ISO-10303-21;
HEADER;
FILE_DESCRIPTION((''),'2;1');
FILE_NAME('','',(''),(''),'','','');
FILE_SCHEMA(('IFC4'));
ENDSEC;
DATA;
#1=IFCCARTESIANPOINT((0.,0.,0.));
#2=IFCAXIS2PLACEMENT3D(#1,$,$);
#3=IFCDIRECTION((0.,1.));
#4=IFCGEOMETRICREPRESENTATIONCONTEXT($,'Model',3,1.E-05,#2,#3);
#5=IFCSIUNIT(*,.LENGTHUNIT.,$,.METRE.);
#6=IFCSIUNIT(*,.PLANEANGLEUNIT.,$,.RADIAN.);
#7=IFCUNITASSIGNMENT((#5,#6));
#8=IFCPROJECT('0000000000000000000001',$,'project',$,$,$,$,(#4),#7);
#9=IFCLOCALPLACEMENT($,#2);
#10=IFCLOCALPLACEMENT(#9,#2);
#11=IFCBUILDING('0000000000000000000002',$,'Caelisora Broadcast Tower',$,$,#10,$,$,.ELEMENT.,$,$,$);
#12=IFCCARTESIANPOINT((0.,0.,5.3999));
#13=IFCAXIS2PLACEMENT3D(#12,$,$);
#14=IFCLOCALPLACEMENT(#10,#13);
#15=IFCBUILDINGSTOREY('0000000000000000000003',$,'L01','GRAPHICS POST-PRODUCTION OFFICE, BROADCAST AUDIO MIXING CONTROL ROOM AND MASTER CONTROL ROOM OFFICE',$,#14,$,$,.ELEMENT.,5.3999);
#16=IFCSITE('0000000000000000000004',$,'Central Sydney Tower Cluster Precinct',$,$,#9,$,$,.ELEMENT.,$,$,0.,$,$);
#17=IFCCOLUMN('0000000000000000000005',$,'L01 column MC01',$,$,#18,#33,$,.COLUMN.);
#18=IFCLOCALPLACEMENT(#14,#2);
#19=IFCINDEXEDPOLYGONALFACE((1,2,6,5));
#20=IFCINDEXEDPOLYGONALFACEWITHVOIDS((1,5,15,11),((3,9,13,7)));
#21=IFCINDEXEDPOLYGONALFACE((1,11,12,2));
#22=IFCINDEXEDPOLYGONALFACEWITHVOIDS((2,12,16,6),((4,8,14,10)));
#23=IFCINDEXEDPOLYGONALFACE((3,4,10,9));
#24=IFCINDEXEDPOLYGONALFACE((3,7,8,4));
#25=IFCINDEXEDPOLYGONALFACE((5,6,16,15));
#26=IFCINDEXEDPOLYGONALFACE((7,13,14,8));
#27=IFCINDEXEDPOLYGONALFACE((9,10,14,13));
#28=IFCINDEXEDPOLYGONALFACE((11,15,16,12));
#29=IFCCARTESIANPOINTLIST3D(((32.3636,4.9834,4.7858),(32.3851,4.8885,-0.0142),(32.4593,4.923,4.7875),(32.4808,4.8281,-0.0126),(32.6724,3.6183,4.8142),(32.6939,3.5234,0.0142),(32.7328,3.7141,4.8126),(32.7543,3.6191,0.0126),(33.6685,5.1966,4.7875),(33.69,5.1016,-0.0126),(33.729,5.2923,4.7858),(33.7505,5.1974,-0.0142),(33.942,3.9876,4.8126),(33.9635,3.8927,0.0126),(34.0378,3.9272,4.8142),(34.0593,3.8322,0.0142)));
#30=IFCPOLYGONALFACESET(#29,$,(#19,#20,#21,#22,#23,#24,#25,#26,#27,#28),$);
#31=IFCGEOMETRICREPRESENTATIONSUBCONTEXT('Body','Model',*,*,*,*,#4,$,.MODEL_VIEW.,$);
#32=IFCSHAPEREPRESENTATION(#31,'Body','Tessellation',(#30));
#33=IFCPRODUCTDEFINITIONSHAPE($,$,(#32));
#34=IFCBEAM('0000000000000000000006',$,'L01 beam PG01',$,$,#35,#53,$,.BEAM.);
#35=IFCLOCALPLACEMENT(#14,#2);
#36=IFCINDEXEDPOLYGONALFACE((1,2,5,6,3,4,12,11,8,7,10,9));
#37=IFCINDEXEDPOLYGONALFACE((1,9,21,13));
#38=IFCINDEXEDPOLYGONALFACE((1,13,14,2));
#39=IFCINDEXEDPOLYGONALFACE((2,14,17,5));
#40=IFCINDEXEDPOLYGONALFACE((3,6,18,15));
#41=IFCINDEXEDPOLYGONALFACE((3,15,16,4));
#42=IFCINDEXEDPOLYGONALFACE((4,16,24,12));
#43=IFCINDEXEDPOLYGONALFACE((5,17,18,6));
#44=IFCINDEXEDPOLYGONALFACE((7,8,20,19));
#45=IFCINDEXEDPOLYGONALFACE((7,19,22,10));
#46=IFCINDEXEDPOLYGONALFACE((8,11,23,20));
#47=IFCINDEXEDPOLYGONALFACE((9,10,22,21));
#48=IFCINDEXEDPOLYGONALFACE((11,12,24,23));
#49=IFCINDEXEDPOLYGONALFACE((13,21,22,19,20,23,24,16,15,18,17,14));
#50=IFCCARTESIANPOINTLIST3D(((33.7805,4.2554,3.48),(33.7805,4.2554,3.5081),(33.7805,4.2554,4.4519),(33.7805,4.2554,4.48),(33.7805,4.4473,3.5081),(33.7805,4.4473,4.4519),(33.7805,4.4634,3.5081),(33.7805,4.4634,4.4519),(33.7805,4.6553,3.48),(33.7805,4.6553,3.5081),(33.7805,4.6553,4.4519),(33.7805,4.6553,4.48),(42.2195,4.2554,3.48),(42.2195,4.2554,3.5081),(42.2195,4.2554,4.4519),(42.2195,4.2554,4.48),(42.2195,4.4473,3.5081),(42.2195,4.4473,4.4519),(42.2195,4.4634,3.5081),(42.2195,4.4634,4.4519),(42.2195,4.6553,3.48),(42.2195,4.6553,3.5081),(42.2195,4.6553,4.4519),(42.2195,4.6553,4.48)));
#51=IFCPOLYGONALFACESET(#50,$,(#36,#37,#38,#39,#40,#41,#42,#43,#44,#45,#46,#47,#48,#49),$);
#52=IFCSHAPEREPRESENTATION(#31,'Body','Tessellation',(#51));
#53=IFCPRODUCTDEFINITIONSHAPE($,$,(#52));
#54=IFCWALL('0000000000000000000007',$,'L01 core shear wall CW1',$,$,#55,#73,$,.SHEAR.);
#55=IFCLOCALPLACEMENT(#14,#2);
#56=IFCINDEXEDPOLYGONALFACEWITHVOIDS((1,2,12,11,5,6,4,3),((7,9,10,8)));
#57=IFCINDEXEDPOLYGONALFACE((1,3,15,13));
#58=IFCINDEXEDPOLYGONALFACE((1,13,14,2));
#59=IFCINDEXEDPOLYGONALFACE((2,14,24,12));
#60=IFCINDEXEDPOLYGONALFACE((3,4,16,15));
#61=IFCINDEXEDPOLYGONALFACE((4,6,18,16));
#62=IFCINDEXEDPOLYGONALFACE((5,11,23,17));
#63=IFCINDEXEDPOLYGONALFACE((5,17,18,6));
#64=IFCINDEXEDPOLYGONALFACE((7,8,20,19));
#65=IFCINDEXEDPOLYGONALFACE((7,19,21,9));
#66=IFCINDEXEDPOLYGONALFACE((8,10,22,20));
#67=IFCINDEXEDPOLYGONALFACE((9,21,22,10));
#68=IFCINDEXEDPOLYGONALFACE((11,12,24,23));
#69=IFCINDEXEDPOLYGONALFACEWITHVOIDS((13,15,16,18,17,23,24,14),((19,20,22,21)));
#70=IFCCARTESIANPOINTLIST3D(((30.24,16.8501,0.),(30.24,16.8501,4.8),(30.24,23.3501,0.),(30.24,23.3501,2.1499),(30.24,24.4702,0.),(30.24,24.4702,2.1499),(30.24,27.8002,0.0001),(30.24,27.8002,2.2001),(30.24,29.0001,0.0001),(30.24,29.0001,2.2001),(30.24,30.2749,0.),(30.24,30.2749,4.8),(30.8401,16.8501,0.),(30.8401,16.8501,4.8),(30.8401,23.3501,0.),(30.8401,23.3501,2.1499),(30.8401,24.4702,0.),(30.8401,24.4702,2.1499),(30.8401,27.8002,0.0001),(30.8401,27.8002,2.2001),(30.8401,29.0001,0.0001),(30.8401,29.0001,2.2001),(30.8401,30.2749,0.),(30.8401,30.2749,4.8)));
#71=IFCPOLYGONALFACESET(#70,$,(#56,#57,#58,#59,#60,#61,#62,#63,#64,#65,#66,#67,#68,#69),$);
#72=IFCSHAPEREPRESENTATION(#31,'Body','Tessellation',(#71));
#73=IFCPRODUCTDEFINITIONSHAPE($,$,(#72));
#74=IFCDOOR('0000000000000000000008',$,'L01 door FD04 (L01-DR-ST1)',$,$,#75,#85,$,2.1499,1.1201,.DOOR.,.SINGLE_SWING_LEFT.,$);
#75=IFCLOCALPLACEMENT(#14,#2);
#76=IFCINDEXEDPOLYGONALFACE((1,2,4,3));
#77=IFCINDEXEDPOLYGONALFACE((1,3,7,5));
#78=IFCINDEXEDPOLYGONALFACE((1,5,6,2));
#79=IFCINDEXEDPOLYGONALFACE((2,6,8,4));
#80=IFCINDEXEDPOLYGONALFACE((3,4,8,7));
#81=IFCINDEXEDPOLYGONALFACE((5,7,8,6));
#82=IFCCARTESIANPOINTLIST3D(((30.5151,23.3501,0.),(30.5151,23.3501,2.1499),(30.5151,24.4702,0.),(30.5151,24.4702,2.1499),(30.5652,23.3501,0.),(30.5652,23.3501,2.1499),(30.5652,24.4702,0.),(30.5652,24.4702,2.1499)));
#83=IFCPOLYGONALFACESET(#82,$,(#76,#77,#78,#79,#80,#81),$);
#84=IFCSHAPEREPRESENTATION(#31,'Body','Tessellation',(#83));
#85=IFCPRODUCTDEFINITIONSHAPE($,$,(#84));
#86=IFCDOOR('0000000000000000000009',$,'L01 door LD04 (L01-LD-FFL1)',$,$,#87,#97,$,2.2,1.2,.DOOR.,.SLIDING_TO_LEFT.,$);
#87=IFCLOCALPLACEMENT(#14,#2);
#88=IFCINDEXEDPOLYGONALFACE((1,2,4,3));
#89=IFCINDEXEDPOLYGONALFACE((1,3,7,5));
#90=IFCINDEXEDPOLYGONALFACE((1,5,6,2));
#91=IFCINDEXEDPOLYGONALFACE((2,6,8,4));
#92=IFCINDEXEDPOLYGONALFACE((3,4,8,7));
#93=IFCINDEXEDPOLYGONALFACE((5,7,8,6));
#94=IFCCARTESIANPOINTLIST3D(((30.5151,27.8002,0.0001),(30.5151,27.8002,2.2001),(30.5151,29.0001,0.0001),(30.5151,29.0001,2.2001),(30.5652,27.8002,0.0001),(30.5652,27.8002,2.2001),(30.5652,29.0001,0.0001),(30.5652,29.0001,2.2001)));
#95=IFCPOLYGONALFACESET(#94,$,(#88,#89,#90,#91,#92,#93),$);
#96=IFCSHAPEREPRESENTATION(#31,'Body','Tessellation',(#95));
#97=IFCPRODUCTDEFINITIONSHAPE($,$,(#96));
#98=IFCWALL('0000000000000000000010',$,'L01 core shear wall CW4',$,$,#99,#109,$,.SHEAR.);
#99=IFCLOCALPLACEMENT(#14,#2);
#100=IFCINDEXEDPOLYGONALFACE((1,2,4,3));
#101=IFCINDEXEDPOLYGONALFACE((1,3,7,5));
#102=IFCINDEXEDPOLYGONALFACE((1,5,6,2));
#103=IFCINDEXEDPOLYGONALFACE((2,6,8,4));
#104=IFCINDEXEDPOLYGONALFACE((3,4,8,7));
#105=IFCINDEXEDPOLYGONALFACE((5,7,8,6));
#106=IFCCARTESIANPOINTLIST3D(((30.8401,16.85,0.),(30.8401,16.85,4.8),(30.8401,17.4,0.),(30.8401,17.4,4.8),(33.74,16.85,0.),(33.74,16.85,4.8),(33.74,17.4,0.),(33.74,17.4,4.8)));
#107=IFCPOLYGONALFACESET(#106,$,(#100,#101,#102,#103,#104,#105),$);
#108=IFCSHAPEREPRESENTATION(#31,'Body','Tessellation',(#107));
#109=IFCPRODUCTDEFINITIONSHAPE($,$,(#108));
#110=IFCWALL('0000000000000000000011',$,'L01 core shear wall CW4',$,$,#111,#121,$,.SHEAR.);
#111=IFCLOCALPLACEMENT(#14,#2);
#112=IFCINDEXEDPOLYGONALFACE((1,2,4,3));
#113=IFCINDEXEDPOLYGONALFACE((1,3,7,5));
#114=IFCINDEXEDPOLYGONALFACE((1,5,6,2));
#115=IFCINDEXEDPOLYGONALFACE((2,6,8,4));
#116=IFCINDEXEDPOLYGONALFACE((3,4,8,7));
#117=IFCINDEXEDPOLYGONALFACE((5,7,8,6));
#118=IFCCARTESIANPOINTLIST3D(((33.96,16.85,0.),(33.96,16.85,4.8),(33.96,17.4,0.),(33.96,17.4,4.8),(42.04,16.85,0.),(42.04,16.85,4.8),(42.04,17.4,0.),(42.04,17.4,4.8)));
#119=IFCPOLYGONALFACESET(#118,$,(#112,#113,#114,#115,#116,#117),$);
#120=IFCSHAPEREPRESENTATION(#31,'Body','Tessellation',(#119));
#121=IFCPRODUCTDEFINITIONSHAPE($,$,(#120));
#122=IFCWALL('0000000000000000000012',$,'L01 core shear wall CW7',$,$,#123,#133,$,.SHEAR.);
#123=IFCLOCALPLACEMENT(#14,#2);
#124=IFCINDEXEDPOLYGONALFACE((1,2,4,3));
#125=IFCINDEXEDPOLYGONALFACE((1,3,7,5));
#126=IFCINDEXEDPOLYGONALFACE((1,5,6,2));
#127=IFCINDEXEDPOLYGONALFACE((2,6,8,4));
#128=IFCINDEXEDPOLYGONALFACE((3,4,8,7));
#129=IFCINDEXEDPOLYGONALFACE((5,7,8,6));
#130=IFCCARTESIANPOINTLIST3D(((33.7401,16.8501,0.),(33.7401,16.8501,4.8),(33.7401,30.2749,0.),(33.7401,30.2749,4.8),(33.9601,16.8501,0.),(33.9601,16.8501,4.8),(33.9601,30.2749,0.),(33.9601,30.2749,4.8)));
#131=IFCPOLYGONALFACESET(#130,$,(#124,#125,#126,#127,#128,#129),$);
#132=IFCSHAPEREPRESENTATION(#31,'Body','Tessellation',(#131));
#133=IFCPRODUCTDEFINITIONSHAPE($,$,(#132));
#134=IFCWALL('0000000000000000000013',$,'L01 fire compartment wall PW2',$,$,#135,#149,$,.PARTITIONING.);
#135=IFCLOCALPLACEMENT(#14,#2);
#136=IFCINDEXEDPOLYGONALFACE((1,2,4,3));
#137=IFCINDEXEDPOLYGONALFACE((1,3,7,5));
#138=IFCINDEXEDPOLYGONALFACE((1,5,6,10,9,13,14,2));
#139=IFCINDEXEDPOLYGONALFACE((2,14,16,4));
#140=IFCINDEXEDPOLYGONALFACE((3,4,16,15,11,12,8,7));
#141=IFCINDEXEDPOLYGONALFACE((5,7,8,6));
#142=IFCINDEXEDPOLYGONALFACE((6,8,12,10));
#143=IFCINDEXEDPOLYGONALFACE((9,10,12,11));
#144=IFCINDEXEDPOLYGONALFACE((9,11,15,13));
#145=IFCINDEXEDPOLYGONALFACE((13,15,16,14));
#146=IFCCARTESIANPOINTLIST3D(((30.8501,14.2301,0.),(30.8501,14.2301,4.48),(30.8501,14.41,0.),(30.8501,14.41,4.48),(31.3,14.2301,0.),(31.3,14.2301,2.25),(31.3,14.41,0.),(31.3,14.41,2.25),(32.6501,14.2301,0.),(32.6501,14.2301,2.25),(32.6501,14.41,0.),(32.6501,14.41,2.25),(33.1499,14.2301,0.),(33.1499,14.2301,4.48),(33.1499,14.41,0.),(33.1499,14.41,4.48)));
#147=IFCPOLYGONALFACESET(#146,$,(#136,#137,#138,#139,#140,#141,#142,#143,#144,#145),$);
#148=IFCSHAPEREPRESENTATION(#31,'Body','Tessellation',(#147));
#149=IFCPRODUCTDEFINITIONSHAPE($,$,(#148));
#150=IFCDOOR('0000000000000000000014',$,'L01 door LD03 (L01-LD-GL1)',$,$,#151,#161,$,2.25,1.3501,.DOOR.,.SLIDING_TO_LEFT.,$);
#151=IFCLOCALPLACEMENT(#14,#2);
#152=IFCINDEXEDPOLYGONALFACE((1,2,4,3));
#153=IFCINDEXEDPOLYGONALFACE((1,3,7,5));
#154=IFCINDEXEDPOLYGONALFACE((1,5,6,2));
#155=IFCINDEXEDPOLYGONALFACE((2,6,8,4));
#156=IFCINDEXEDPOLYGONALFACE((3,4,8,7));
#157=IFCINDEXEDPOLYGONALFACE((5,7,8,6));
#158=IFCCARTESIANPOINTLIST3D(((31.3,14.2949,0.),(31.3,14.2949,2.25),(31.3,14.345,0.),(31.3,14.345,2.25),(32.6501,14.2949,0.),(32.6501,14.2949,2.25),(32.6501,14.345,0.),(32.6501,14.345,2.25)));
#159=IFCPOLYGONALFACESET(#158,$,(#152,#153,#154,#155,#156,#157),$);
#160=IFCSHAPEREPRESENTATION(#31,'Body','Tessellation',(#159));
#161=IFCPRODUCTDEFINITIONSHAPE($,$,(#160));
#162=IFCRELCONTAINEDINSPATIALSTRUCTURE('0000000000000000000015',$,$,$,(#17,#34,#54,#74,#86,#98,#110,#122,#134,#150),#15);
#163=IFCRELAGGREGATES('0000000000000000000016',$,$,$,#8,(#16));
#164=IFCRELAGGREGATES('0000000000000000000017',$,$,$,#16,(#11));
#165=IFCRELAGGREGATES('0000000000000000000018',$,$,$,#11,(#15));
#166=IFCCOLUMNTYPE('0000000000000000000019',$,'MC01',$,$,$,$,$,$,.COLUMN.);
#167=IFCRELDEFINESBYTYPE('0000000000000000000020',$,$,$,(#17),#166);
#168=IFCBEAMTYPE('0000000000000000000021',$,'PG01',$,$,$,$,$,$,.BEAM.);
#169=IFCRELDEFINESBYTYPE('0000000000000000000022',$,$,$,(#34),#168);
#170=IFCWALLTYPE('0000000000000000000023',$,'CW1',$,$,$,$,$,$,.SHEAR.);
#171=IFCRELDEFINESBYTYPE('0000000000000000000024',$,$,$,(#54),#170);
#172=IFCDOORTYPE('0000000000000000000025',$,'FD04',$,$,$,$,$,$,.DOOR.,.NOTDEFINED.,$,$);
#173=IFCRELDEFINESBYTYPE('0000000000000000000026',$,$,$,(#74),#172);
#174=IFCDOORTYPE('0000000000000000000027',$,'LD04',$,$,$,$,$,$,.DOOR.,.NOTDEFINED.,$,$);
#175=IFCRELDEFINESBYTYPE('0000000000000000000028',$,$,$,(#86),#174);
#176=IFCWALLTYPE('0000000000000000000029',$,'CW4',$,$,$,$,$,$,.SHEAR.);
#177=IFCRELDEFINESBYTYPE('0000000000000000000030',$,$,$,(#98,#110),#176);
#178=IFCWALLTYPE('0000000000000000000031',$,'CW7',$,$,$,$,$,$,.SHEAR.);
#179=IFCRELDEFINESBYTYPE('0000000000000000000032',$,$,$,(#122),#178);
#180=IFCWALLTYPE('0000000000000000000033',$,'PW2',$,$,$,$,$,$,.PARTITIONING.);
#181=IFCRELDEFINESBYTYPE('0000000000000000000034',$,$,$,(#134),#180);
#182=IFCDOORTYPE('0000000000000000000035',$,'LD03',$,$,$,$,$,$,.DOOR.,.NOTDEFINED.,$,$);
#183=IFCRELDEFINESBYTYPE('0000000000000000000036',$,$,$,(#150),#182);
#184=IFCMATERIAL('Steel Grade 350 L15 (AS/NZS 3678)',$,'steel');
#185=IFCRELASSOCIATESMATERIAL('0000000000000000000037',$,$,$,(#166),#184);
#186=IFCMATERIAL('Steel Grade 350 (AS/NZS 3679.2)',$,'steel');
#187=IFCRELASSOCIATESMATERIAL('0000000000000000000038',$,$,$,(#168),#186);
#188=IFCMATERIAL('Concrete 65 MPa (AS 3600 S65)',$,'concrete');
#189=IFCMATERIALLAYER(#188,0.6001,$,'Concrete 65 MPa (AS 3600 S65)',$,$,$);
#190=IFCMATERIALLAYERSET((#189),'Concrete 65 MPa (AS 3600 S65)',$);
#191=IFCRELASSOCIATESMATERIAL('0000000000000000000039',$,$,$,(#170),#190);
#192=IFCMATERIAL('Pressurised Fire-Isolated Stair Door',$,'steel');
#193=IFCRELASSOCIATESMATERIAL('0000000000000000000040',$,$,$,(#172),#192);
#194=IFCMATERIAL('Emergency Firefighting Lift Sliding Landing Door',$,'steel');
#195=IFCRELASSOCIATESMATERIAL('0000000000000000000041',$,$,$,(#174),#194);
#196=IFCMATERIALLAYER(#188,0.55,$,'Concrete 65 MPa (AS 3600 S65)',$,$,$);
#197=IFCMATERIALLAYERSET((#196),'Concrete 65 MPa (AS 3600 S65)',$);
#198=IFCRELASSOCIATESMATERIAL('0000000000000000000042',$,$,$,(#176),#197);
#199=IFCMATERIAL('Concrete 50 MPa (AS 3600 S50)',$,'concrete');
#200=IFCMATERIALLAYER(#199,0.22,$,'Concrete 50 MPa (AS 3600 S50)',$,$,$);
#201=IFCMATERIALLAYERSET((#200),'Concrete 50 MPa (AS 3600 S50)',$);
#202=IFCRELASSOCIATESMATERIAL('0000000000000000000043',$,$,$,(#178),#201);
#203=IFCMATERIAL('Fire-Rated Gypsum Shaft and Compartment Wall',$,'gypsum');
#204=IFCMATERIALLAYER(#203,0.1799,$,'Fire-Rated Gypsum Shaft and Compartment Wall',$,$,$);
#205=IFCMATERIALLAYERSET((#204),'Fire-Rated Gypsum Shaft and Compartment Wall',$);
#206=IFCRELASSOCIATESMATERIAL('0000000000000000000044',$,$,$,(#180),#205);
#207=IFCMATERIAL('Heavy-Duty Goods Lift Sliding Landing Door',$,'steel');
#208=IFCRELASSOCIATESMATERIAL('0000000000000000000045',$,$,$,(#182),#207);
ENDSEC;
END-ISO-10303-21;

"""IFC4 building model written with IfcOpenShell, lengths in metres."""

from ifc_helpers import new_model, si_unit, direction, frame, frame_2d, origin, origin_2d, place, context, subcontext, project, spatial, rectangle, hollow_rectangle, i_section, extrude, source, transform, mapped, material, layer, layer_set, material_profile, profile_set, type_object, type_shapes, element, fill, save


model = new_model("IFC4")

# Units and contexts
model_context = context("Model", 3, precision=1e-05, world=origin(), true_north=direction((0.0, 1.0)))
body_context = subcontext(model_context, "Body", "Model", "MODEL_VIEW")
ifc_project = project(units=[si_unit("LENGTHUNIT", "METRE"), si_unit("PLANEANGLEUNIT", "RADIAN")], contexts=[model_context])

# Site, building, storey
site_placement = place(None, origin())
site = spatial("IfcSite", under=ifc_project, at=site_placement, Name="Central Sydney Tower Cluster Precinct", CompositionType="ELEMENT", RefElevation=0.0)
building_placement = place(site_placement, origin())
building = spatial("IfcBuilding", under=site, at=building_placement, Name="Caelisora Broadcast Tower", CompositionType="ELEMENT")
storey_placement = place(building_placement, frame((0.0, 0.0, 5.3999)))
storey = spatial("IfcBuildingStorey", under=building, at=storey_placement, Name="L01", Description="GRAPHICS POST-PRODUCTION OFFICE, BROADCAST AUDIO MIXING CONTROL ROOM AND MASTER CONTROL ROOM OFFICE", CompositionType="ELEMENT", Elevation=5.3999)

# Column
ifc_material_1 = material(Name="Steel Grade 350 L15 (AS/NZS 3678)", Category="steel")
ifc_material_profile_1 = material_profile(ifc_material_1, hollow_rectangle(XDim=1.3999, YDim=1.3999, WallThickness=0.0801, at=origin_2d()), Name="Steel Grade 350 L15 (AS/NZS 3678)")
ifc_profile_set_1 = profile_set([ifc_material_profile_1], Name="Steel Grade 350 L15 (AS/NZS 3678)")
column_type = type_object("IfcColumnType", Name="MC01", PredefinedType="COLUMN", material=ifc_profile_set_1)
shared_shape_1 = source(origin(), body_context, "Body", "SweptSolid", [
    extrude(hollow_rectangle(XDim=1.3999, YDim=1.3999, WallThickness=0.0801, at=origin_2d()), origin(), (0.0, 0.0, 1.0), 4.801),
])
type_shapes(column_type, [shared_shape_1])
column_placement = place(storey_placement, frame((33.2222, 4.3604, 0.0), z_axis=(-0.004475, 0.019781, 0.999794), x_axis=(-0.975354, -0.220646, 0.0)))
element("IfcColumn", 1, at=column_placement, inside=storey, type_object=column_type, Name="L01 column MC01", PredefinedType="COLUMN", context=body_context, shape_type="MappedRepresentation", body=[
    mapped(shared_shape_1, transform((0.0, 0.0, 0.0), scale=1.0)),
])

# Beam
ifc_material_2 = material(Name="Steel Grade 350 (AS/NZS 3679.2)", Category="steel")
ifc_material_profile_2 = material_profile(ifc_material_2, i_section(OverallWidth=0.3999, OverallDepth=1.0, WebThickness=0.0161, FlangeThickness=0.0281, at=origin_2d()), Name="Steel Grade 350 (AS/NZS 3679.2)")
ifc_profile_set_2 = profile_set([ifc_material_profile_2], Name="Steel Grade 350 (AS/NZS 3679.2)")
beam_type = type_object("IfcBeamType", Name="PG01", PredefinedType="BEAM", material=ifc_profile_set_2)
shared_shape_2 = source(origin(), body_context, "Body", "SweptSolid", [
    extrude(i_section(OverallWidth=0.3999, OverallDepth=1.0, WebThickness=0.0161, FlangeThickness=0.0281, at=origin_2d()), origin(), (0.0, 0.0, 1.0), 8.439),
])
type_shapes(beam_type, [shared_shape_2])
beam_placement = place(storey_placement, frame((33.7805, 4.4553, 3.98), z_axis=(1.0, 0.0, 0.0), x_axis=(0.0, 1.0, 0.0)))
element("IfcBeam", 2, at=beam_placement, inside=storey, type_object=beam_type, Name="L01 beam PG01", PredefinedType="BEAM", context=body_context, shape_type="MappedRepresentation", body=[
    mapped(shared_shape_2, transform((0.0, 0.0, 0.0), scale=1.0)),
])

# Wall, openings, doors
ifc_material_3 = material(Name="Concrete 65 MPa (AS 3600 S65)", Category="concrete")
ifc_layer_1 = layer(ifc_material_3, 0.6001, Name="Concrete 65 MPa (AS 3600 S65)")
ifc_layer_set_1 = layer_set([ifc_layer_1], Name="Concrete 65 MPa (AS 3600 S65)")
wall_type_1 = type_object("IfcWallType", Name="CW1", PredefinedType="SHEAR", material=ifc_layer_set_1)
wall_1_placement = place(storey_placement, frame((30.54, 16.8501, 0.0), z_axis=(0.0, 0.0, 1.0), x_axis=(0.0, 1.0, 0.0)))
wall_1 = element("IfcWall", 3, at=wall_1_placement, inside=storey, type_object=wall_type_1, Name="L01 core shear wall CW1", PredefinedType="SHEAR", context=body_context, shape_type="SweptSolid", body=[
    extrude(rectangle(XDim=13.4248, YDim=0.6001, at=frame_2d((6.7124, 0.0))), origin(), (0.0, 0.0, 1.0), 4.8),
])
opening_1_placement = place(wall_1_placement, frame((6.5, 0.0, 0.0)))
opening_1 = element("IfcOpeningElement", 4, at=opening_1_placement, cuts=wall_1, PredefinedType="OPENING", context=body_context, shape_type="SweptSolid", body=[
    extrude(rectangle(XDim=1.1201, YDim=2.1499, at=frame_2d((0.5601, 1.075))), frame((0.0, 0.312, 0.0), z_axis=(0.0, -1.0, 0.0), x_axis=(1.0, 0.0, 0.0)), (0.0, 0.0, 1.0), 0.624),
])
opening_2_placement = place(wall_1_placement, frame((10.95, 0.0, 0.0)))
opening_2 = element("IfcOpeningElement", 5, at=opening_2_placement, cuts=wall_1, PredefinedType="OPENING", context=body_context, shape_type="SweptSolid", body=[
    extrude(rectangle(XDim=1.2, YDim=2.2, at=frame_2d((0.6001, 1.1001))), frame((0.0, 0.312, 0.0), z_axis=(0.0, -1.0, 0.0), x_axis=(1.0, 0.0, 0.0)), (0.0, 0.0, 1.0), 0.624),
])
ifc_material_4 = material(Name="Pressurised Fire-Isolated Stair Door", Category="steel")
door_type_1 = type_object("IfcDoorType", Name="FD04", OperationType="NOTDEFINED", PredefinedType="DOOR", material=ifc_material_4)
door_1_placement = place(opening_1_placement, origin())
door_1 = element("IfcDoor", 6, at=door_1_placement, inside=storey, type_object=door_type_1, Name="L01 door FD04 (L01-DR-ST1)", OperationType="SINGLE_SWING_LEFT", OverallHeight=2.1499, OverallWidth=1.1201, PredefinedType="DOOR", context=body_context, shape_type="SweptSolid", body=[
    extrude(rectangle(XDim=1.1201, YDim=2.1499, at=frame_2d((0.5601, 1.075))), frame((0.0, 0.0249, 0.0), z_axis=(0.0, -1.0, 0.0), x_axis=(1.0, 0.0, 0.0)), (0.0, 0.0, 1.0), 0.05),
])
fill(opening_1, door_1)
ifc_material_5 = material(Name="Emergency Firefighting Lift Sliding Landing Door", Category="steel")
door_type_2 = type_object("IfcDoorType", Name="LD04", OperationType="NOTDEFINED", PredefinedType="DOOR", material=ifc_material_5)
door_2_placement = place(opening_2_placement, origin())
door_2 = element("IfcDoor", 7, at=door_2_placement, inside=storey, type_object=door_type_2, Name="L01 door LD04 (L01-LD-FFL1)", OperationType="SLIDING_TO_LEFT", OverallHeight=2.2, OverallWidth=1.2, PredefinedType="DOOR", context=body_context, shape_type="SweptSolid", body=[
    extrude(rectangle(XDim=1.2, YDim=2.2, at=frame_2d((0.6001, 1.1001))), frame((0.0, 0.0249, 0.0), z_axis=(0.0, -1.0, 0.0), x_axis=(1.0, 0.0, 0.0)), (0.0, 0.0, 1.0), 0.05),
])
fill(opening_2, door_2)

# Walls
ifc_layer_2 = layer(ifc_material_3, 0.55, Name="Concrete 65 MPa (AS 3600 S65)")
ifc_layer_set_2 = layer_set([ifc_layer_2], Name="Concrete 65 MPa (AS 3600 S65)")
wall_type_2 = type_object("IfcWallType", Name="CW4", PredefinedType="SHEAR", material=ifc_layer_set_2)
wall_2_placement = place(storey_placement, frame((30.8401, 17.125, 0.0), z_axis=(0.0, 0.0, 1.0), x_axis=(1.0, 0.0, 0.0)))
element("IfcWall", 8, at=wall_2_placement, inside=storey, type_object=wall_type_2, Name="L01 core shear wall CW4", PredefinedType="SHEAR", context=body_context, shape_type="SweptSolid", body=[
    extrude(rectangle(XDim=2.8999, YDim=0.55, at=frame_2d((1.45, 0.0))), origin(), (0.0, 0.0, 1.0), 4.8),
])
wall_3_placement = place(storey_placement, frame((33.96, 17.125, 0.0), z_axis=(0.0, 0.0, 1.0), x_axis=(1.0, 0.0, 0.0)))
element("IfcWall", 9, at=wall_3_placement, inside=storey, type_object=wall_type_2, Name="L01 core shear wall CW4", PredefinedType="SHEAR", context=body_context, shape_type="SweptSolid", body=[
    extrude(rectangle(XDim=8.0801, YDim=0.55, at=frame_2d((4.04, 0.0))), origin(), (0.0, 0.0, 1.0), 4.8),
])
ifc_material_6 = material(Name="Concrete 50 MPa (AS 3600 S50)", Category="concrete")
ifc_layer_3 = layer(ifc_material_6, 0.22, Name="Concrete 50 MPa (AS 3600 S50)")
ifc_layer_set_3 = layer_set([ifc_layer_3], Name="Concrete 50 MPa (AS 3600 S50)")
wall_type_3 = type_object("IfcWallType", Name="CW7", PredefinedType="SHEAR", material=ifc_layer_set_3)
wall_4_placement = place(storey_placement, frame((33.8501, 16.8501, 0.0), z_axis=(0.0, 0.0, 1.0), x_axis=(0.0, 1.0, 0.0)))
element("IfcWall", 10, at=wall_4_placement, inside=storey, type_object=wall_type_3, Name="L01 core shear wall CW7", PredefinedType="SHEAR", context=body_context, shape_type="SweptSolid", body=[
    extrude(rectangle(XDim=13.4248, YDim=0.22, at=frame_2d((6.7124, 0.0))), origin(), (0.0, 0.0, 1.0), 4.8),
])

# Wall, opening, door
ifc_material_7 = material(Name="Fire-Rated Gypsum Shaft and Compartment Wall", Category="gypsum")
ifc_layer_4 = layer(ifc_material_7, 0.1799, Name="Fire-Rated Gypsum Shaft and Compartment Wall")
ifc_layer_set_4 = layer_set([ifc_layer_4], Name="Fire-Rated Gypsum Shaft and Compartment Wall")
wall_type_4 = type_object("IfcWallType", Name="PW2", PredefinedType="PARTITIONING", material=ifc_layer_set_4)
wall_5_placement = place(storey_placement, frame((30.8501, 14.3201, 0.0), z_axis=(0.0, 0.0, 1.0), x_axis=(1.0, 0.0, 0.0)))
wall_5 = element("IfcWall", 11, at=wall_5_placement, inside=storey, type_object=wall_type_4, Name="L01 fire compartment wall PW2", PredefinedType="PARTITIONING", context=body_context, shape_type="SweptSolid", body=[
    extrude(rectangle(XDim=2.2998, YDim=0.1799, at=frame_2d((1.1499, 0.0))), origin(), (0.0, 0.0, 1.0), 4.48),
])
opening_3_placement = place(wall_5_placement, frame((0.45, 0.0, 0.0)))
opening_3 = element("IfcOpeningElement", 12, at=opening_3_placement, cuts=wall_5, PredefinedType="OPENING", context=body_context, shape_type="SweptSolid", body=[
    extrude(rectangle(XDim=1.3501, YDim=2.25, at=frame_2d((0.675, 1.125))), frame((0.0, 0.1021, 0.0), z_axis=(0.0, -1.0, 0.0), x_axis=(1.0, 0.0, 0.0)), (0.0, 0.0, 1.0), 0.2039),
])
ifc_material_8 = material(Name="Heavy-Duty Goods Lift Sliding Landing Door", Category="steel")
door_type_3 = type_object("IfcDoorType", Name="LD03", OperationType="NOTDEFINED", PredefinedType="DOOR", material=ifc_material_8)
door_3_placement = place(opening_3_placement, origin())
door_3 = element("IfcDoor", 13, at=door_3_placement, inside=storey, type_object=door_type_3, Name="L01 door LD03 (L01-LD-GL1)", OperationType="SLIDING_TO_LEFT", OverallHeight=2.25, OverallWidth=1.3501, PredefinedType="DOOR", context=body_context, shape_type="SweptSolid", body=[
    extrude(rectangle(XDim=1.3501, YDim=2.25, at=frame_2d((0.675, 1.125))), frame((0.0, 0.0249, 0.0), z_axis=(0.0, -1.0, 0.0), x_axis=(1.0, 0.0, 0.0)), (0.0, 0.0, 1.0), 0.05),
])
fill(opening_3, door_3)

save(model, "model.ifc")
